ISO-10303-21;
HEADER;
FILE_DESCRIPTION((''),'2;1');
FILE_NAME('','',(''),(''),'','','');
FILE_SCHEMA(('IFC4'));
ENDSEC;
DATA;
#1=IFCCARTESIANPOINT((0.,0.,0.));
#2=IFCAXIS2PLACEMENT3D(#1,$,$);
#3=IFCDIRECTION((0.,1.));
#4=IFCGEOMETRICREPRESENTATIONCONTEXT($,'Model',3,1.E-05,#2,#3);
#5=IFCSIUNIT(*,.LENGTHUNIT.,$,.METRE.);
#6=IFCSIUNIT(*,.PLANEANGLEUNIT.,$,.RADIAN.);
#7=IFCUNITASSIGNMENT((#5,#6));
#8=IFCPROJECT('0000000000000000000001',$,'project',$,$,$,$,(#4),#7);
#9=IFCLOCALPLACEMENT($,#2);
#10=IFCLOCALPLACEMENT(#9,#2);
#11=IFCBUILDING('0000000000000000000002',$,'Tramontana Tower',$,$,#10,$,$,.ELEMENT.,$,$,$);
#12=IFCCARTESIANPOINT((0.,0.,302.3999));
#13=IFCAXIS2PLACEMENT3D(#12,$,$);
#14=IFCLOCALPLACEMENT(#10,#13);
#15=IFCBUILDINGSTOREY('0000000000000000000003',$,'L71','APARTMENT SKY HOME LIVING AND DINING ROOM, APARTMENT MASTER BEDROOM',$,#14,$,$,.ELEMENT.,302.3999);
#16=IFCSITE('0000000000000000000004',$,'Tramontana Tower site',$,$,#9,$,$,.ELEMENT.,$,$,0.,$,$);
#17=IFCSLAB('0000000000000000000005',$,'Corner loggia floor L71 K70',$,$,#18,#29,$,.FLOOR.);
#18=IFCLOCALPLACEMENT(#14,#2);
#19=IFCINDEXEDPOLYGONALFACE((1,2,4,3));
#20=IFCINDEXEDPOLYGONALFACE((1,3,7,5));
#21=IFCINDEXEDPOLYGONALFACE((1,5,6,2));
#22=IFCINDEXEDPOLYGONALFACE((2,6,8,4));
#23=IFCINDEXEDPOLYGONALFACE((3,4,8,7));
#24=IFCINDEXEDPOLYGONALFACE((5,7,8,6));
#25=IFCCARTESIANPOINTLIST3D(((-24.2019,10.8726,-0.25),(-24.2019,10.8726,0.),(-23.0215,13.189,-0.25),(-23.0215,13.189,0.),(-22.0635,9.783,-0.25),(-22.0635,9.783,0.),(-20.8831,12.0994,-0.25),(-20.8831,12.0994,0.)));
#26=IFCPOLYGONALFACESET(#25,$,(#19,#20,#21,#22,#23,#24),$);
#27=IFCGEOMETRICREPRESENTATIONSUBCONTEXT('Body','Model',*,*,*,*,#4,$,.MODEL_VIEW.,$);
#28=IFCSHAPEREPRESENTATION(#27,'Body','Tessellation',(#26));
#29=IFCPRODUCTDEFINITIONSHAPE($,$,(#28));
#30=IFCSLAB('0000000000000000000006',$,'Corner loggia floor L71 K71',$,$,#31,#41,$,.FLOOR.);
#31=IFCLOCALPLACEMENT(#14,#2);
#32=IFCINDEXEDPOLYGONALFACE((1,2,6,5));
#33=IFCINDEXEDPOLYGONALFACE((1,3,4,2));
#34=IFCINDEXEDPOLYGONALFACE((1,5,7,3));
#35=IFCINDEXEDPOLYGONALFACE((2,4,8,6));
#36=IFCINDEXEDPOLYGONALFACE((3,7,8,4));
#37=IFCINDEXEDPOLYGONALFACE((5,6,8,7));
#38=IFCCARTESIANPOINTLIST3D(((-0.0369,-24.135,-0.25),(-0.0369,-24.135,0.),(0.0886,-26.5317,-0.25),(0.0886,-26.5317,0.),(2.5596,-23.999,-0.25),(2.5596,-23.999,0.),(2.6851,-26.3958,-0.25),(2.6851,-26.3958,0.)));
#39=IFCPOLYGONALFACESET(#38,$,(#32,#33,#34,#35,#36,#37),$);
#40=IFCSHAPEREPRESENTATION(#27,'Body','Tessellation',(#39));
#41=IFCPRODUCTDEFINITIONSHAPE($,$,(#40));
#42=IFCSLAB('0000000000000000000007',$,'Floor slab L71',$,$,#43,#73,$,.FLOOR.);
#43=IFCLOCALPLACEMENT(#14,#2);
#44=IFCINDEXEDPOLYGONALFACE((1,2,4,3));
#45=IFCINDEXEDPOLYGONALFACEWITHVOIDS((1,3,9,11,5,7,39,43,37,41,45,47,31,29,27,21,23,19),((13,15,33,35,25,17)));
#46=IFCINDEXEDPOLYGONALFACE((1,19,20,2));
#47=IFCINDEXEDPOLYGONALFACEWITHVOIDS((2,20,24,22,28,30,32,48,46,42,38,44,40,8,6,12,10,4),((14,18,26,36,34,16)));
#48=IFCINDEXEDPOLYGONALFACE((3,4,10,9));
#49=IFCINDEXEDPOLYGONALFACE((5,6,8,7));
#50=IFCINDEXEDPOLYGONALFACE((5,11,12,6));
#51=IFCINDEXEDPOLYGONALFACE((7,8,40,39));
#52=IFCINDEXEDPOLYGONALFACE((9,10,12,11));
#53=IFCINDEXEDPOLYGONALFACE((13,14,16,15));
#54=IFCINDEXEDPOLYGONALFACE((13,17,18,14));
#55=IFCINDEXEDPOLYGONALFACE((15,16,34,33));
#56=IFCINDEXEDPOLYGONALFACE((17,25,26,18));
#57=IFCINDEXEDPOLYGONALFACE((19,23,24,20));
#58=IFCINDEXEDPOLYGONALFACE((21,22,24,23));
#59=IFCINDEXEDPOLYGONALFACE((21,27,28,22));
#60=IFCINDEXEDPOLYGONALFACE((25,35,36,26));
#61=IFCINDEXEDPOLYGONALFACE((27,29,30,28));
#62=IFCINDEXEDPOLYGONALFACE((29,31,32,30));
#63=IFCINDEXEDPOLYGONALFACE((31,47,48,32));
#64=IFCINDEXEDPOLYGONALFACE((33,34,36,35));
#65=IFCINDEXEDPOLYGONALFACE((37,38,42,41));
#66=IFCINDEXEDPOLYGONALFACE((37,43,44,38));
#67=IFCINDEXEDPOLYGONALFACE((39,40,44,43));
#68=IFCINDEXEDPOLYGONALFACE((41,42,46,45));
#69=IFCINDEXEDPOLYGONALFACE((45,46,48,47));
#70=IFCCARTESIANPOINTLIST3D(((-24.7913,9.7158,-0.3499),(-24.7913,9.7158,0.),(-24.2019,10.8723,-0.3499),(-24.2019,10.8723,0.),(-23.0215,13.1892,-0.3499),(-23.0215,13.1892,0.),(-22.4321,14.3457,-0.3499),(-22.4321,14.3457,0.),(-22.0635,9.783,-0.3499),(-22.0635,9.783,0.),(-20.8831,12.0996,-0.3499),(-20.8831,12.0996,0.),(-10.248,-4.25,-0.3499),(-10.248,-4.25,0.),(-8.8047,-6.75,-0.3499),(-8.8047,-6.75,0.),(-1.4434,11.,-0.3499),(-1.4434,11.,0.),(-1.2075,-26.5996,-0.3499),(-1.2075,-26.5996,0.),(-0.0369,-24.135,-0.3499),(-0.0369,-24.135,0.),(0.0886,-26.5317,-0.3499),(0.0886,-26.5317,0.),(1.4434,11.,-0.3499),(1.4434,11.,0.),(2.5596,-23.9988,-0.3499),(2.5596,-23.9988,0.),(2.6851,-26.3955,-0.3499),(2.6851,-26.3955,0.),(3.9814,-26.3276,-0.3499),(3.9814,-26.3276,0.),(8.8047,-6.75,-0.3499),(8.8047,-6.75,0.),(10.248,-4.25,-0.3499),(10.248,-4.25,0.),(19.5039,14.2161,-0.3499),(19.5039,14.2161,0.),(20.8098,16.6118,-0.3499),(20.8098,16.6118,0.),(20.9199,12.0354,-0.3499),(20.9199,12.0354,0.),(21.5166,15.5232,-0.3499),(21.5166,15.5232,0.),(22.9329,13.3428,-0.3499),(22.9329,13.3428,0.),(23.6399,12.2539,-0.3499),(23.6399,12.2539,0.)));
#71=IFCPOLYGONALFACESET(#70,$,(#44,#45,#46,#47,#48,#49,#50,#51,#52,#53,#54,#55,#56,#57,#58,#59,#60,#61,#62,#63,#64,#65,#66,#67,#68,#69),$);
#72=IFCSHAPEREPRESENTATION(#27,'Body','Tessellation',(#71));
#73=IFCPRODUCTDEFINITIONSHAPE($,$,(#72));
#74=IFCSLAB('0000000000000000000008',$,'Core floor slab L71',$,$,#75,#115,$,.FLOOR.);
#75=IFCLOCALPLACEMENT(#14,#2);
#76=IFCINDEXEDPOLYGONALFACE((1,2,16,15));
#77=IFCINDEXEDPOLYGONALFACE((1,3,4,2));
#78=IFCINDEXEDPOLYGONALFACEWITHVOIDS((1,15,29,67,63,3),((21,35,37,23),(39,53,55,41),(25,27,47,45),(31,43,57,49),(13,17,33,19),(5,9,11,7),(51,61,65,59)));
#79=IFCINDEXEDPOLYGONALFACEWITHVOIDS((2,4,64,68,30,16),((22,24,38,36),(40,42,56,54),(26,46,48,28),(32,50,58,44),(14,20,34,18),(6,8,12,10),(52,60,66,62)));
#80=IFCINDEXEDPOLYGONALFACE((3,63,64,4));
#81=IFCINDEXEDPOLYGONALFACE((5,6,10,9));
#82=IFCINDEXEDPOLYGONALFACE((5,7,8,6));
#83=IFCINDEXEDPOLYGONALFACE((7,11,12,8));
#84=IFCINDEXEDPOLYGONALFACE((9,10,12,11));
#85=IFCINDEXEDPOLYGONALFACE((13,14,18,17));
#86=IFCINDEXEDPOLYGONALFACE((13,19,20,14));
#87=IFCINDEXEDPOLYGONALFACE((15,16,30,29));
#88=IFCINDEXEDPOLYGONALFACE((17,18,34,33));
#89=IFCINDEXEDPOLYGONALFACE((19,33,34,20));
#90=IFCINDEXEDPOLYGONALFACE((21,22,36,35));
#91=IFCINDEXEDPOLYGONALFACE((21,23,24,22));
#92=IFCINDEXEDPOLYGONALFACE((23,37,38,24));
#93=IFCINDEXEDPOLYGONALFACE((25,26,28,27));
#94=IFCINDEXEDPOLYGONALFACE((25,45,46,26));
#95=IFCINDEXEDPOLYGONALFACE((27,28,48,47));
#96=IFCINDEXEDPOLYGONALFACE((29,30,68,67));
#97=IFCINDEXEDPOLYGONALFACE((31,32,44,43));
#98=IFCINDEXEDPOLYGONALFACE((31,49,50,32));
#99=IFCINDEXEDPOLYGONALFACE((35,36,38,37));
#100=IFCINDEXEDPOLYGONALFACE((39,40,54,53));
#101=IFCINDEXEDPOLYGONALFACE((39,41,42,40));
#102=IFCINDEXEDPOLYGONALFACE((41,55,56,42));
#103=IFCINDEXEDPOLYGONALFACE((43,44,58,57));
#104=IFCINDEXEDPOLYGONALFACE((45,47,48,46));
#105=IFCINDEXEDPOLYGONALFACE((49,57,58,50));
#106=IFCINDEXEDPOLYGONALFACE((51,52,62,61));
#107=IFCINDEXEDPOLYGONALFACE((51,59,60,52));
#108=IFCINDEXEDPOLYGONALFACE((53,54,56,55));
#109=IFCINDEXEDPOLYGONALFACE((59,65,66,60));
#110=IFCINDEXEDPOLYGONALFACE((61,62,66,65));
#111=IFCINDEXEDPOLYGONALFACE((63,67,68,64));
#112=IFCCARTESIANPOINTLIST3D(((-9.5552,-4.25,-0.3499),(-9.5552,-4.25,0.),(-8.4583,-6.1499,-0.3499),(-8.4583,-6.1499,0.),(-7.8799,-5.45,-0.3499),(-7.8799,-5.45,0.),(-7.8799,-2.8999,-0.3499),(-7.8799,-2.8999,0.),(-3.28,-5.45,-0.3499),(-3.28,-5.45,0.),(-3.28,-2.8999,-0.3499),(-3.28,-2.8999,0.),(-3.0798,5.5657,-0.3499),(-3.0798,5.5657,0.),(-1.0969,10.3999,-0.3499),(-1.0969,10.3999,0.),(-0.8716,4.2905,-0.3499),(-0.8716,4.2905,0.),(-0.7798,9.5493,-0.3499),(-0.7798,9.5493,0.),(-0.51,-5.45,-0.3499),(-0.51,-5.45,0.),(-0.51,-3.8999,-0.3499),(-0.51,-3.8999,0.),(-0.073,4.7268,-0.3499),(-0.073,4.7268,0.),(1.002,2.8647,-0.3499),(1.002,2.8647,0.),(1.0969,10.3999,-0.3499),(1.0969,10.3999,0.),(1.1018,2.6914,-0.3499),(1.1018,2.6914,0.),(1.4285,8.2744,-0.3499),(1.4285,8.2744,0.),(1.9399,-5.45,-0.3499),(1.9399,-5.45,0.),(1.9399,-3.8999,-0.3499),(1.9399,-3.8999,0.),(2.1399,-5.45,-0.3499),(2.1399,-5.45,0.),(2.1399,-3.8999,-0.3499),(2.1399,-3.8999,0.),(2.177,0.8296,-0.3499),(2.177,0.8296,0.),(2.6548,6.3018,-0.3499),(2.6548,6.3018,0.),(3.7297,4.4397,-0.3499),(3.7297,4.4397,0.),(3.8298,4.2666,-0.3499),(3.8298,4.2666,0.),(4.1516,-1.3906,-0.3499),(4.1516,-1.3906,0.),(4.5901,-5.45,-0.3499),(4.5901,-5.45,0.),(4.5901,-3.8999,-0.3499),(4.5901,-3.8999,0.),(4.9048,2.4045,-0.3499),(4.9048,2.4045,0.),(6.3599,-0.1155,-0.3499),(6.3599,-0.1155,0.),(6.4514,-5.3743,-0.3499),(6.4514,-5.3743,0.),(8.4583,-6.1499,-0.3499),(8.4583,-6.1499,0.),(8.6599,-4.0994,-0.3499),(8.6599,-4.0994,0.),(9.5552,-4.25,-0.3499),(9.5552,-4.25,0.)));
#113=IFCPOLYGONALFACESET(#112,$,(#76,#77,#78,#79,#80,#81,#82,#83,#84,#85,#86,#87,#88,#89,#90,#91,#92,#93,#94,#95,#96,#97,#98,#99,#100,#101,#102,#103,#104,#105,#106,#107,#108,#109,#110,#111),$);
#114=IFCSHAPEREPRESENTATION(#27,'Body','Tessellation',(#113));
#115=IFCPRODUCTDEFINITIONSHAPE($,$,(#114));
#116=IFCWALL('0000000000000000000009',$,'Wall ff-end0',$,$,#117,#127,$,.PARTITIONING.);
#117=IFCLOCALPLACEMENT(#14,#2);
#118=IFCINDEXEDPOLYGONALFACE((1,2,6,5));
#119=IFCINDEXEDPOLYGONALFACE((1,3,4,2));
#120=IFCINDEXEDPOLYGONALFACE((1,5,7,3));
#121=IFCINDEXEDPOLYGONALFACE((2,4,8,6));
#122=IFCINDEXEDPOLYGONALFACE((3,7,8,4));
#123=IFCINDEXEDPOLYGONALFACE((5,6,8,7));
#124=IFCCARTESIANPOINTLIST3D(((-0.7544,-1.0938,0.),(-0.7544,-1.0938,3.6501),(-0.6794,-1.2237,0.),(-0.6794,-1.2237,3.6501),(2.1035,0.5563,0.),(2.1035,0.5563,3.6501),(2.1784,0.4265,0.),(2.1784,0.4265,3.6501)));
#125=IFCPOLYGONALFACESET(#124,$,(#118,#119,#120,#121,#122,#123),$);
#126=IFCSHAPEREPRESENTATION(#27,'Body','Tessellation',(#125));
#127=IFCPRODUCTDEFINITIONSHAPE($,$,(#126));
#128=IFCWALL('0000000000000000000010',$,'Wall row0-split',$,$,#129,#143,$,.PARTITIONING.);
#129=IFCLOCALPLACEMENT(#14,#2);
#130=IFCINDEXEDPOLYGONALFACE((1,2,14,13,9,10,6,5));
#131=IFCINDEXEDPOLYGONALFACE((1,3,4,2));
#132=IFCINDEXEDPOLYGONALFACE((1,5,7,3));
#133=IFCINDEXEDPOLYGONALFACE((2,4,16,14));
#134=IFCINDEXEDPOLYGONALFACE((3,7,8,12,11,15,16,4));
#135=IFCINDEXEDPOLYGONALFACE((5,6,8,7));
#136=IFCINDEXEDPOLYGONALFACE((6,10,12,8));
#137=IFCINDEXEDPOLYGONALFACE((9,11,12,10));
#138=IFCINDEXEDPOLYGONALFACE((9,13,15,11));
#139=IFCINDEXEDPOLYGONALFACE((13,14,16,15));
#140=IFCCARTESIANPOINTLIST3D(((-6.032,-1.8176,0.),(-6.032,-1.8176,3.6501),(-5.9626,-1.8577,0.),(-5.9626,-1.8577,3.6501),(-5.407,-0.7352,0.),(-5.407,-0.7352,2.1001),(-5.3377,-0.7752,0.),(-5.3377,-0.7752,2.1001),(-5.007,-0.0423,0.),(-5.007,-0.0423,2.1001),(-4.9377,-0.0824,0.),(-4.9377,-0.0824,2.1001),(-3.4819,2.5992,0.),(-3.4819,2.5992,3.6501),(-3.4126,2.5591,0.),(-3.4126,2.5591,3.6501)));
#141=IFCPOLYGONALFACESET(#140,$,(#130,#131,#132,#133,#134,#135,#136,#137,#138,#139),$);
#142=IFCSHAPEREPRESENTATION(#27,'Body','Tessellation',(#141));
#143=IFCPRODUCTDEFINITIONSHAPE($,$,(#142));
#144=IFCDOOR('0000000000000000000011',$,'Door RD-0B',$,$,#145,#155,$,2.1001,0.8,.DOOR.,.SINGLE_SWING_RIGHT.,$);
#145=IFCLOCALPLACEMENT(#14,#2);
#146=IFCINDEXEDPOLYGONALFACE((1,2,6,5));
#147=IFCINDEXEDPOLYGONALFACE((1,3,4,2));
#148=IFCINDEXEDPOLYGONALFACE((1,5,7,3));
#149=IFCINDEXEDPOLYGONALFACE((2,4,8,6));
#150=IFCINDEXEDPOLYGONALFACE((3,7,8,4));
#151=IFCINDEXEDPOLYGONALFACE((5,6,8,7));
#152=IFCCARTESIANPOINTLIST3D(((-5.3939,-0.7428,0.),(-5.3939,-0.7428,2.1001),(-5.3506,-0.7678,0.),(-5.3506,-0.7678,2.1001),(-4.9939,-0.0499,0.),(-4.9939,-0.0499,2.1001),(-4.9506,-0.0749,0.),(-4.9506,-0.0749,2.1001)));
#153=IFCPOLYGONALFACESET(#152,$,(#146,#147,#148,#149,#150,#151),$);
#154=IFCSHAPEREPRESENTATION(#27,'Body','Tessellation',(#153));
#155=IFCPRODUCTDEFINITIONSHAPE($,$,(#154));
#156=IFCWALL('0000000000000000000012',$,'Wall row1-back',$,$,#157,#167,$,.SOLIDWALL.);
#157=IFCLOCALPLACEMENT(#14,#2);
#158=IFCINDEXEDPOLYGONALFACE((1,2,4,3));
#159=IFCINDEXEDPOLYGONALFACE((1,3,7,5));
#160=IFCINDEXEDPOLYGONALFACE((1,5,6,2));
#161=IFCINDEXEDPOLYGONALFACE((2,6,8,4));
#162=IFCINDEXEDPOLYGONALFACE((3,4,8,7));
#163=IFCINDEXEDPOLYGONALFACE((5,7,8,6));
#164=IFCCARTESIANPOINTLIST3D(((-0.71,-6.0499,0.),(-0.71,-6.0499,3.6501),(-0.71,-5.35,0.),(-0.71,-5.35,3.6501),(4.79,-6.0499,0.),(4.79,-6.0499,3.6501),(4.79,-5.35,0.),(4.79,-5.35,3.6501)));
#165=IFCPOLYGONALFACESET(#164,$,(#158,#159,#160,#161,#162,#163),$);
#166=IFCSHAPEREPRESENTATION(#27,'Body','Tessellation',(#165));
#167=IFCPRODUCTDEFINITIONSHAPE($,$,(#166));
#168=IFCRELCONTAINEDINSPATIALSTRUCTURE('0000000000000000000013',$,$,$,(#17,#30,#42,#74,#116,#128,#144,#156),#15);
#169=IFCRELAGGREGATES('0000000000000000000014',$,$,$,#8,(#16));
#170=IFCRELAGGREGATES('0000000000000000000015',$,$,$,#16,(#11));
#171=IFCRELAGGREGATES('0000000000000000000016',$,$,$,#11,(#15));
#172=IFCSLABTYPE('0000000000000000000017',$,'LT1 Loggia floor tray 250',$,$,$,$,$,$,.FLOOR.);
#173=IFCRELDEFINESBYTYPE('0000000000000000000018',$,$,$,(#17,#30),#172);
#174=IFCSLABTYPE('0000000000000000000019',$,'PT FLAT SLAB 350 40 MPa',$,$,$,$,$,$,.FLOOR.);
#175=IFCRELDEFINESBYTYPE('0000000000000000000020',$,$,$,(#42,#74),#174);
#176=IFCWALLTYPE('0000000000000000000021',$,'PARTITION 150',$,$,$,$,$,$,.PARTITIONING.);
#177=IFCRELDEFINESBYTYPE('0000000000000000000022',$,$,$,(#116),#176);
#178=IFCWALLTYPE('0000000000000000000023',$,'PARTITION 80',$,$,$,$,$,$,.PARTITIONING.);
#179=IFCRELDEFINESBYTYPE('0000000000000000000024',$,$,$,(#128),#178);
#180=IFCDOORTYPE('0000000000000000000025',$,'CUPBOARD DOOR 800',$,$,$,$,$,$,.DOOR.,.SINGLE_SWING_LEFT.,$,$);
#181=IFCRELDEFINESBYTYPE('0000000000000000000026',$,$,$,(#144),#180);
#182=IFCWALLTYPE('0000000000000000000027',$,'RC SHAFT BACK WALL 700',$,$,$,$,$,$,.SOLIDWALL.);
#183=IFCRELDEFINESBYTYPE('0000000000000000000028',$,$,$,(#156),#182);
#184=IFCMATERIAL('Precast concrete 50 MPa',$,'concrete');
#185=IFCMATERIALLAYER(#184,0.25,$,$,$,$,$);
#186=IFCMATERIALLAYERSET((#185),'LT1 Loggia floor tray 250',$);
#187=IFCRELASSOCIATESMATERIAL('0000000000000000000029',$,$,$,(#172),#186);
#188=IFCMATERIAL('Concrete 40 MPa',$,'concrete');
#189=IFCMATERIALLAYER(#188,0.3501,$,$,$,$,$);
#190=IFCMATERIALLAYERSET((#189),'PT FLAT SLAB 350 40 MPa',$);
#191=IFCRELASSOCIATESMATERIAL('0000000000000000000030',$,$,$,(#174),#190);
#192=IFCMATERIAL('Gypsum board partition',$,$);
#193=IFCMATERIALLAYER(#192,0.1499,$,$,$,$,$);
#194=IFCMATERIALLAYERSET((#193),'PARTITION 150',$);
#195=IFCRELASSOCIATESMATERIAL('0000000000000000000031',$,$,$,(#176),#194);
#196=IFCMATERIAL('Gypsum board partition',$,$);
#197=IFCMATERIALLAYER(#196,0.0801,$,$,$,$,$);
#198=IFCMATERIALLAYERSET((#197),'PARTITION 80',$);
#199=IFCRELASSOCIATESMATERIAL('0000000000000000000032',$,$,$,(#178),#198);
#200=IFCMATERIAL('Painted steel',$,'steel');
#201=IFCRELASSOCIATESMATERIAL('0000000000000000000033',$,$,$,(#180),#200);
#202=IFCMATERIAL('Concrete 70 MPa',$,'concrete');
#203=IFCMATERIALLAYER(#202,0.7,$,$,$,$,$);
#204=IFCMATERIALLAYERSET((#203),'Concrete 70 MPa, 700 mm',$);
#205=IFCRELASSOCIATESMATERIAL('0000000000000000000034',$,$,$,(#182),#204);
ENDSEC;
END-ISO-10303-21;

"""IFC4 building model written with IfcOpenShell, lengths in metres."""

from ifc_helpers import new_model, si_unit, direction, frame, frame_2d, origin, place, context, subcontext, project, spatial, polyline, rectangle, outline, extrude, material, layer, layer_set, type_object, element, fill, save


model = new_model("IFC4")

# Units and contexts
model_context = context("Model", 3, precision=1e-05, world=origin(), true_north=direction((0.0, 1.0)))
body_context = subcontext(model_context, "Body", "Model", "MODEL_VIEW")
ifc_project = project(units=[si_unit("LENGTHUNIT", "METRE"), si_unit("PLANEANGLEUNIT", "RADIAN")], contexts=[model_context])

# Site, building, storey
site_placement = place(None, origin())
site = spatial("IfcSite", under=ifc_project, at=site_placement, Name="Tramontana Tower site", CompositionType="ELEMENT", RefElevation=0.0)
building_placement = place(site_placement, origin())
building = spatial("IfcBuilding", under=site, at=building_placement, Name="Tramontana Tower", CompositionType="ELEMENT")
storey_placement = place(building_placement, frame((0.0, 0.0, 302.3999)))
storey = spatial("IfcBuildingStorey", under=building, at=storey_placement, Name="L71", Description="APARTMENT SKY HOME LIVING AND DINING ROOM, APARTMENT MASTER BEDROOM", CompositionType="ELEMENT", Elevation=302.3999)

# Slabs
ifc_material_1 = material(Name="Precast concrete 50 MPa", Category="concrete")
ifc_layer_1 = layer(ifc_material_1, 0.25)
ifc_layer_set_1 = layer_set([ifc_layer_1], Name="LT1 Loggia floor tray 250")
slab_type_1 = type_object("IfcSlabType", Name="LT1 Loggia floor tray 250", PredefinedType="FLOOR", material=ifc_layer_set_1)
slab_1_placement = place(storey_placement, frame((0.0, 0.0, -0.25)))
element("IfcSlab", 1, at=slab_1_placement, inside=storey, type_object=slab_type_1, Name="Corner loggia floor L71 K70", PredefinedType="FLOOR", context=body_context, shape_type="SweptSolid", body=[
    extrude(outline(polyline([(-23.0215, 13.189), (-20.8831, 12.0994), (-22.0635, 9.783), (-24.2019, 10.8726), (-23.0215, 13.189)])), origin(), (0.0, 0.0, 1.0), 0.25),
])
slab_2_placement = place(storey_placement, frame((0.0, 0.0, -0.25)))
element("IfcSlab", 2, at=slab_2_placement, inside=storey, type_object=slab_type_1, Name="Corner loggia floor L71 K71", PredefinedType="FLOOR", context=body_context, shape_type="SweptSolid", body=[
    extrude(outline(polyline([(0.0886, -26.5317), (-0.0369, -24.135), (2.5596, -23.999), (2.6851, -26.3958), (0.0886, -26.5317)])), origin(), (0.0, 0.0, 1.0), 0.25),
])
ifc_material_2 = material(Name="Concrete 40 MPa", Category="concrete")
ifc_layer_2 = layer(ifc_material_2, 0.3501)
ifc_layer_set_2 = layer_set([ifc_layer_2], Name="PT FLAT SLAB 350 40 MPa")
slab_type_2 = type_object("IfcSlabType", Name="PT FLAT SLAB 350 40 MPa", PredefinedType="FLOOR", material=ifc_layer_set_2)
slab_3_placement = place(storey_placement, frame((0.0, 0.0, -0.3499)))
element("IfcSlab", 3, at=slab_3_placement, inside=storey, type_object=slab_type_2, Name="Floor slab L71", PredefinedType="FLOOR", context=body_context, shape_type="SweptSolid", body=[
    extrude(outline(polyline([(21.5166, 15.5232), (19.5039, 14.2161), (20.9199, 12.0354), (22.9329, 13.3428), (23.6399, 12.2539), (3.9814, -26.3276), (2.6851, -26.3955), (2.5596, -23.9988), (-0.0369, -24.135), (0.0886, -26.5317), (-1.2075, -26.5996), (-24.7913, 9.7158), (-24.2019, 10.8723), (-22.0635, 9.783), (-20.8831, 12.0996), (-23.0215, 13.1892), (-22.4321, 14.3457), (20.8098, 16.6118), (21.5166, 15.5232)]), holes=[polyline([(-10.248, -4.25), (-8.8047, -6.75), (8.8047, -6.75), (10.248, -4.25), (1.4434, 11.0), (-1.4434, 11.0), (-10.248, -4.25)])]), origin(), (0.0, 0.0, 1.0), 0.3499),
])
slab_4_placement = place(storey_placement, frame((0.0, 0.0, -0.3499)))
element("IfcSlab", 4, at=slab_4_placement, inside=storey, type_object=slab_type_2, Name="Core floor slab L71", PredefinedType="FLOOR", context=body_context, shape_type="SweptSolid", body=[
    extrude(outline(polyline([(9.5552, -4.25), (8.4583, -6.1499), (-8.4583, -6.1499), (-9.5552, -4.25), (-1.0969, 10.3999), (1.0969, 10.3999), (9.5552, -4.25)]), holes=[polyline([(8.6599, -4.0994), (6.3599, -0.1155), (4.1516, -1.3906), (6.4514, -5.3743), (8.6599, -4.0994)]), polyline([(3.8298, 4.2666), (1.1018, 2.6914), (2.177, 0.8296), (4.9048, 2.4045), (3.8298, 4.2666)]), polyline([(4.5901, -3.8999), (2.1399, -3.8999), (2.1399, -5.45), (4.5901, -5.45), (4.5901, -3.8999)]), polyline([(2.6548, 6.3018), (-0.073, 4.7268), (1.002, 2.8647), (3.7297, 4.4397), (2.6548, 6.3018)]), polyline([(1.9399, -5.45), (1.9399, -3.8999), (-0.51, -3.8999), (-0.51, -5.45), (1.9399, -5.45)]), polyline([(-0.7798, 9.5493), (-3.0798, 5.5657), (-0.8716, 4.2905), (1.4285, 8.2744), (-0.7798, 9.5493)]), polyline([(-7.8799, -5.45), (-3.28, -5.45), (-3.28, -2.8999), (-7.8799, -2.8999), (-7.8799, -5.45)])]), origin(), (0.0, 0.0, 1.0), 0.3499),
])

# Shared definitions
ifc_material_3 = material(Name="Gypsum board partition")
ifc_layer_3 = layer(ifc_material_3, 0.1499)
ifc_layer_set_3 = layer_set([ifc_layer_3], Name="PARTITION 150")
wall_type_1 = type_object("IfcWallType", Name="PARTITION 150", PredefinedType="PARTITIONING", material=ifc_layer_set_3)

# Wall
wall_1_placement = place(storey_placement, frame((-0.7168, -1.1587, 0.0), z_axis=(0.0, 0.0, 1.0), x_axis=(0.866008, 0.50003, 0.0)))
element("IfcWall", 5, at=wall_1_placement, inside=storey, type_object=wall_type_1, Name="Wall ff-end0", PredefinedType="PARTITIONING", context=body_context, shape_type="SweptSolid", body=[
    extrude(rectangle(XDim=3.3, YDim=0.1499, at=frame_2d((1.6499, 0.0))), origin(), (0.0, 0.0, 1.0), 3.6501),
])

# Wall, opening, door
ifc_material_4 = material(Name="Gypsum board partition")
ifc_layer_4 = layer(ifc_material_4, 0.0801)
ifc_layer_set_4 = layer_set([ifc_layer_4], Name="PARTITION 80")
wall_type_2 = type_object("IfcWallType", Name="PARTITION 80", PredefinedType="PARTITIONING", material=ifc_layer_set_4)
wall_2_placement = place(storey_placement, frame((-5.9973, -1.8376, 0.0), z_axis=(0.0, 0.0, 1.0), x_axis=(0.500006, 0.866022, 0.0)))
wall_2 = element("IfcWall", 6, at=wall_2_placement, inside=storey, type_object=wall_type_2, Name="Wall row0-split", PredefinedType="PARTITIONING", context=body_context, shape_type="SweptSolid", body=[
    extrude(rectangle(XDim=5.1001, YDim=0.0801, at=frame_2d((2.55, 0.0))), origin(), (0.0, 0.0, 1.0), 3.6501),
])
opening_1_placement = place(wall_2_placement, frame((1.25, 0.0, 0.0)))
opening_1 = element("IfcOpeningElement", 7, at=opening_1_placement, cuts=wall_2, PredefinedType="OPENING", context=body_context, shape_type="SweptSolid", body=[
    extrude(rectangle(XDim=0.8, YDim=2.1001, at=frame_2d((0.3999, 1.05))), frame((0.0, 0.05, 0.0), z_axis=(0.0, -1.0, 0.0), x_axis=(1.0, 0.0, 0.0)), (0.0, 0.0, 1.0), 0.1001),
])
ifc_material_5 = material(Name="Painted steel", Category="steel")
door_type_1 = type_object("IfcDoorType", Name="CUPBOARD DOOR 800", OperationType="SINGLE_SWING_LEFT", PredefinedType="DOOR", material=ifc_material_5)
door_1_placement = place(opening_1_placement, origin())
door_1 = element("IfcDoor", 8, at=door_1_placement, inside=storey, type_object=door_type_1, Name="Door RD-0B", OperationType="SINGLE_SWING_RIGHT", OverallHeight=2.1001, OverallWidth=0.8, PredefinedType="DOOR", context=body_context, shape_type="SweptSolid", body=[
    extrude(rectangle(XDim=0.8, YDim=2.1001, at=frame_2d((0.3999, 1.05))), frame((0.0, 0.0249, 0.0), z_axis=(0.0, -1.0, 0.0), x_axis=(1.0, 0.0, 0.0)), (0.0, 0.0, 1.0), 0.05),
])
fill(opening_1, door_1)

# Wall
ifc_material_6 = material(Name="Concrete 70 MPa", Category="concrete")
ifc_layer_5 = layer(ifc_material_6, 0.7)
ifc_layer_set_5 = layer_set([ifc_layer_5], Name="Concrete 70 MPa, 700 mm")
wall_type_3 = type_object("IfcWallType", Name="RC SHAFT BACK WALL 700", PredefinedType="SOLIDWALL", material=ifc_layer_set_5)
wall_3_placement = place(storey_placement, frame((-0.71, -5.7, 0.0), z_axis=(0.0, 0.0, 1.0), x_axis=(1.0, 0.0, 0.0)))
element("IfcWall", 9, at=wall_3_placement, inside=storey, type_object=wall_type_3, Name="Wall row1-back", PredefinedType="SOLIDWALL", context=body_context, shape_type="SweptSolid", body=[
    extrude(rectangle(XDim=5.5, YDim=0.7, at=frame_2d((2.75, 0.0))), origin(), (0.0, 0.0, 1.0), 3.6501),
])

save(model, "model.ifc")
